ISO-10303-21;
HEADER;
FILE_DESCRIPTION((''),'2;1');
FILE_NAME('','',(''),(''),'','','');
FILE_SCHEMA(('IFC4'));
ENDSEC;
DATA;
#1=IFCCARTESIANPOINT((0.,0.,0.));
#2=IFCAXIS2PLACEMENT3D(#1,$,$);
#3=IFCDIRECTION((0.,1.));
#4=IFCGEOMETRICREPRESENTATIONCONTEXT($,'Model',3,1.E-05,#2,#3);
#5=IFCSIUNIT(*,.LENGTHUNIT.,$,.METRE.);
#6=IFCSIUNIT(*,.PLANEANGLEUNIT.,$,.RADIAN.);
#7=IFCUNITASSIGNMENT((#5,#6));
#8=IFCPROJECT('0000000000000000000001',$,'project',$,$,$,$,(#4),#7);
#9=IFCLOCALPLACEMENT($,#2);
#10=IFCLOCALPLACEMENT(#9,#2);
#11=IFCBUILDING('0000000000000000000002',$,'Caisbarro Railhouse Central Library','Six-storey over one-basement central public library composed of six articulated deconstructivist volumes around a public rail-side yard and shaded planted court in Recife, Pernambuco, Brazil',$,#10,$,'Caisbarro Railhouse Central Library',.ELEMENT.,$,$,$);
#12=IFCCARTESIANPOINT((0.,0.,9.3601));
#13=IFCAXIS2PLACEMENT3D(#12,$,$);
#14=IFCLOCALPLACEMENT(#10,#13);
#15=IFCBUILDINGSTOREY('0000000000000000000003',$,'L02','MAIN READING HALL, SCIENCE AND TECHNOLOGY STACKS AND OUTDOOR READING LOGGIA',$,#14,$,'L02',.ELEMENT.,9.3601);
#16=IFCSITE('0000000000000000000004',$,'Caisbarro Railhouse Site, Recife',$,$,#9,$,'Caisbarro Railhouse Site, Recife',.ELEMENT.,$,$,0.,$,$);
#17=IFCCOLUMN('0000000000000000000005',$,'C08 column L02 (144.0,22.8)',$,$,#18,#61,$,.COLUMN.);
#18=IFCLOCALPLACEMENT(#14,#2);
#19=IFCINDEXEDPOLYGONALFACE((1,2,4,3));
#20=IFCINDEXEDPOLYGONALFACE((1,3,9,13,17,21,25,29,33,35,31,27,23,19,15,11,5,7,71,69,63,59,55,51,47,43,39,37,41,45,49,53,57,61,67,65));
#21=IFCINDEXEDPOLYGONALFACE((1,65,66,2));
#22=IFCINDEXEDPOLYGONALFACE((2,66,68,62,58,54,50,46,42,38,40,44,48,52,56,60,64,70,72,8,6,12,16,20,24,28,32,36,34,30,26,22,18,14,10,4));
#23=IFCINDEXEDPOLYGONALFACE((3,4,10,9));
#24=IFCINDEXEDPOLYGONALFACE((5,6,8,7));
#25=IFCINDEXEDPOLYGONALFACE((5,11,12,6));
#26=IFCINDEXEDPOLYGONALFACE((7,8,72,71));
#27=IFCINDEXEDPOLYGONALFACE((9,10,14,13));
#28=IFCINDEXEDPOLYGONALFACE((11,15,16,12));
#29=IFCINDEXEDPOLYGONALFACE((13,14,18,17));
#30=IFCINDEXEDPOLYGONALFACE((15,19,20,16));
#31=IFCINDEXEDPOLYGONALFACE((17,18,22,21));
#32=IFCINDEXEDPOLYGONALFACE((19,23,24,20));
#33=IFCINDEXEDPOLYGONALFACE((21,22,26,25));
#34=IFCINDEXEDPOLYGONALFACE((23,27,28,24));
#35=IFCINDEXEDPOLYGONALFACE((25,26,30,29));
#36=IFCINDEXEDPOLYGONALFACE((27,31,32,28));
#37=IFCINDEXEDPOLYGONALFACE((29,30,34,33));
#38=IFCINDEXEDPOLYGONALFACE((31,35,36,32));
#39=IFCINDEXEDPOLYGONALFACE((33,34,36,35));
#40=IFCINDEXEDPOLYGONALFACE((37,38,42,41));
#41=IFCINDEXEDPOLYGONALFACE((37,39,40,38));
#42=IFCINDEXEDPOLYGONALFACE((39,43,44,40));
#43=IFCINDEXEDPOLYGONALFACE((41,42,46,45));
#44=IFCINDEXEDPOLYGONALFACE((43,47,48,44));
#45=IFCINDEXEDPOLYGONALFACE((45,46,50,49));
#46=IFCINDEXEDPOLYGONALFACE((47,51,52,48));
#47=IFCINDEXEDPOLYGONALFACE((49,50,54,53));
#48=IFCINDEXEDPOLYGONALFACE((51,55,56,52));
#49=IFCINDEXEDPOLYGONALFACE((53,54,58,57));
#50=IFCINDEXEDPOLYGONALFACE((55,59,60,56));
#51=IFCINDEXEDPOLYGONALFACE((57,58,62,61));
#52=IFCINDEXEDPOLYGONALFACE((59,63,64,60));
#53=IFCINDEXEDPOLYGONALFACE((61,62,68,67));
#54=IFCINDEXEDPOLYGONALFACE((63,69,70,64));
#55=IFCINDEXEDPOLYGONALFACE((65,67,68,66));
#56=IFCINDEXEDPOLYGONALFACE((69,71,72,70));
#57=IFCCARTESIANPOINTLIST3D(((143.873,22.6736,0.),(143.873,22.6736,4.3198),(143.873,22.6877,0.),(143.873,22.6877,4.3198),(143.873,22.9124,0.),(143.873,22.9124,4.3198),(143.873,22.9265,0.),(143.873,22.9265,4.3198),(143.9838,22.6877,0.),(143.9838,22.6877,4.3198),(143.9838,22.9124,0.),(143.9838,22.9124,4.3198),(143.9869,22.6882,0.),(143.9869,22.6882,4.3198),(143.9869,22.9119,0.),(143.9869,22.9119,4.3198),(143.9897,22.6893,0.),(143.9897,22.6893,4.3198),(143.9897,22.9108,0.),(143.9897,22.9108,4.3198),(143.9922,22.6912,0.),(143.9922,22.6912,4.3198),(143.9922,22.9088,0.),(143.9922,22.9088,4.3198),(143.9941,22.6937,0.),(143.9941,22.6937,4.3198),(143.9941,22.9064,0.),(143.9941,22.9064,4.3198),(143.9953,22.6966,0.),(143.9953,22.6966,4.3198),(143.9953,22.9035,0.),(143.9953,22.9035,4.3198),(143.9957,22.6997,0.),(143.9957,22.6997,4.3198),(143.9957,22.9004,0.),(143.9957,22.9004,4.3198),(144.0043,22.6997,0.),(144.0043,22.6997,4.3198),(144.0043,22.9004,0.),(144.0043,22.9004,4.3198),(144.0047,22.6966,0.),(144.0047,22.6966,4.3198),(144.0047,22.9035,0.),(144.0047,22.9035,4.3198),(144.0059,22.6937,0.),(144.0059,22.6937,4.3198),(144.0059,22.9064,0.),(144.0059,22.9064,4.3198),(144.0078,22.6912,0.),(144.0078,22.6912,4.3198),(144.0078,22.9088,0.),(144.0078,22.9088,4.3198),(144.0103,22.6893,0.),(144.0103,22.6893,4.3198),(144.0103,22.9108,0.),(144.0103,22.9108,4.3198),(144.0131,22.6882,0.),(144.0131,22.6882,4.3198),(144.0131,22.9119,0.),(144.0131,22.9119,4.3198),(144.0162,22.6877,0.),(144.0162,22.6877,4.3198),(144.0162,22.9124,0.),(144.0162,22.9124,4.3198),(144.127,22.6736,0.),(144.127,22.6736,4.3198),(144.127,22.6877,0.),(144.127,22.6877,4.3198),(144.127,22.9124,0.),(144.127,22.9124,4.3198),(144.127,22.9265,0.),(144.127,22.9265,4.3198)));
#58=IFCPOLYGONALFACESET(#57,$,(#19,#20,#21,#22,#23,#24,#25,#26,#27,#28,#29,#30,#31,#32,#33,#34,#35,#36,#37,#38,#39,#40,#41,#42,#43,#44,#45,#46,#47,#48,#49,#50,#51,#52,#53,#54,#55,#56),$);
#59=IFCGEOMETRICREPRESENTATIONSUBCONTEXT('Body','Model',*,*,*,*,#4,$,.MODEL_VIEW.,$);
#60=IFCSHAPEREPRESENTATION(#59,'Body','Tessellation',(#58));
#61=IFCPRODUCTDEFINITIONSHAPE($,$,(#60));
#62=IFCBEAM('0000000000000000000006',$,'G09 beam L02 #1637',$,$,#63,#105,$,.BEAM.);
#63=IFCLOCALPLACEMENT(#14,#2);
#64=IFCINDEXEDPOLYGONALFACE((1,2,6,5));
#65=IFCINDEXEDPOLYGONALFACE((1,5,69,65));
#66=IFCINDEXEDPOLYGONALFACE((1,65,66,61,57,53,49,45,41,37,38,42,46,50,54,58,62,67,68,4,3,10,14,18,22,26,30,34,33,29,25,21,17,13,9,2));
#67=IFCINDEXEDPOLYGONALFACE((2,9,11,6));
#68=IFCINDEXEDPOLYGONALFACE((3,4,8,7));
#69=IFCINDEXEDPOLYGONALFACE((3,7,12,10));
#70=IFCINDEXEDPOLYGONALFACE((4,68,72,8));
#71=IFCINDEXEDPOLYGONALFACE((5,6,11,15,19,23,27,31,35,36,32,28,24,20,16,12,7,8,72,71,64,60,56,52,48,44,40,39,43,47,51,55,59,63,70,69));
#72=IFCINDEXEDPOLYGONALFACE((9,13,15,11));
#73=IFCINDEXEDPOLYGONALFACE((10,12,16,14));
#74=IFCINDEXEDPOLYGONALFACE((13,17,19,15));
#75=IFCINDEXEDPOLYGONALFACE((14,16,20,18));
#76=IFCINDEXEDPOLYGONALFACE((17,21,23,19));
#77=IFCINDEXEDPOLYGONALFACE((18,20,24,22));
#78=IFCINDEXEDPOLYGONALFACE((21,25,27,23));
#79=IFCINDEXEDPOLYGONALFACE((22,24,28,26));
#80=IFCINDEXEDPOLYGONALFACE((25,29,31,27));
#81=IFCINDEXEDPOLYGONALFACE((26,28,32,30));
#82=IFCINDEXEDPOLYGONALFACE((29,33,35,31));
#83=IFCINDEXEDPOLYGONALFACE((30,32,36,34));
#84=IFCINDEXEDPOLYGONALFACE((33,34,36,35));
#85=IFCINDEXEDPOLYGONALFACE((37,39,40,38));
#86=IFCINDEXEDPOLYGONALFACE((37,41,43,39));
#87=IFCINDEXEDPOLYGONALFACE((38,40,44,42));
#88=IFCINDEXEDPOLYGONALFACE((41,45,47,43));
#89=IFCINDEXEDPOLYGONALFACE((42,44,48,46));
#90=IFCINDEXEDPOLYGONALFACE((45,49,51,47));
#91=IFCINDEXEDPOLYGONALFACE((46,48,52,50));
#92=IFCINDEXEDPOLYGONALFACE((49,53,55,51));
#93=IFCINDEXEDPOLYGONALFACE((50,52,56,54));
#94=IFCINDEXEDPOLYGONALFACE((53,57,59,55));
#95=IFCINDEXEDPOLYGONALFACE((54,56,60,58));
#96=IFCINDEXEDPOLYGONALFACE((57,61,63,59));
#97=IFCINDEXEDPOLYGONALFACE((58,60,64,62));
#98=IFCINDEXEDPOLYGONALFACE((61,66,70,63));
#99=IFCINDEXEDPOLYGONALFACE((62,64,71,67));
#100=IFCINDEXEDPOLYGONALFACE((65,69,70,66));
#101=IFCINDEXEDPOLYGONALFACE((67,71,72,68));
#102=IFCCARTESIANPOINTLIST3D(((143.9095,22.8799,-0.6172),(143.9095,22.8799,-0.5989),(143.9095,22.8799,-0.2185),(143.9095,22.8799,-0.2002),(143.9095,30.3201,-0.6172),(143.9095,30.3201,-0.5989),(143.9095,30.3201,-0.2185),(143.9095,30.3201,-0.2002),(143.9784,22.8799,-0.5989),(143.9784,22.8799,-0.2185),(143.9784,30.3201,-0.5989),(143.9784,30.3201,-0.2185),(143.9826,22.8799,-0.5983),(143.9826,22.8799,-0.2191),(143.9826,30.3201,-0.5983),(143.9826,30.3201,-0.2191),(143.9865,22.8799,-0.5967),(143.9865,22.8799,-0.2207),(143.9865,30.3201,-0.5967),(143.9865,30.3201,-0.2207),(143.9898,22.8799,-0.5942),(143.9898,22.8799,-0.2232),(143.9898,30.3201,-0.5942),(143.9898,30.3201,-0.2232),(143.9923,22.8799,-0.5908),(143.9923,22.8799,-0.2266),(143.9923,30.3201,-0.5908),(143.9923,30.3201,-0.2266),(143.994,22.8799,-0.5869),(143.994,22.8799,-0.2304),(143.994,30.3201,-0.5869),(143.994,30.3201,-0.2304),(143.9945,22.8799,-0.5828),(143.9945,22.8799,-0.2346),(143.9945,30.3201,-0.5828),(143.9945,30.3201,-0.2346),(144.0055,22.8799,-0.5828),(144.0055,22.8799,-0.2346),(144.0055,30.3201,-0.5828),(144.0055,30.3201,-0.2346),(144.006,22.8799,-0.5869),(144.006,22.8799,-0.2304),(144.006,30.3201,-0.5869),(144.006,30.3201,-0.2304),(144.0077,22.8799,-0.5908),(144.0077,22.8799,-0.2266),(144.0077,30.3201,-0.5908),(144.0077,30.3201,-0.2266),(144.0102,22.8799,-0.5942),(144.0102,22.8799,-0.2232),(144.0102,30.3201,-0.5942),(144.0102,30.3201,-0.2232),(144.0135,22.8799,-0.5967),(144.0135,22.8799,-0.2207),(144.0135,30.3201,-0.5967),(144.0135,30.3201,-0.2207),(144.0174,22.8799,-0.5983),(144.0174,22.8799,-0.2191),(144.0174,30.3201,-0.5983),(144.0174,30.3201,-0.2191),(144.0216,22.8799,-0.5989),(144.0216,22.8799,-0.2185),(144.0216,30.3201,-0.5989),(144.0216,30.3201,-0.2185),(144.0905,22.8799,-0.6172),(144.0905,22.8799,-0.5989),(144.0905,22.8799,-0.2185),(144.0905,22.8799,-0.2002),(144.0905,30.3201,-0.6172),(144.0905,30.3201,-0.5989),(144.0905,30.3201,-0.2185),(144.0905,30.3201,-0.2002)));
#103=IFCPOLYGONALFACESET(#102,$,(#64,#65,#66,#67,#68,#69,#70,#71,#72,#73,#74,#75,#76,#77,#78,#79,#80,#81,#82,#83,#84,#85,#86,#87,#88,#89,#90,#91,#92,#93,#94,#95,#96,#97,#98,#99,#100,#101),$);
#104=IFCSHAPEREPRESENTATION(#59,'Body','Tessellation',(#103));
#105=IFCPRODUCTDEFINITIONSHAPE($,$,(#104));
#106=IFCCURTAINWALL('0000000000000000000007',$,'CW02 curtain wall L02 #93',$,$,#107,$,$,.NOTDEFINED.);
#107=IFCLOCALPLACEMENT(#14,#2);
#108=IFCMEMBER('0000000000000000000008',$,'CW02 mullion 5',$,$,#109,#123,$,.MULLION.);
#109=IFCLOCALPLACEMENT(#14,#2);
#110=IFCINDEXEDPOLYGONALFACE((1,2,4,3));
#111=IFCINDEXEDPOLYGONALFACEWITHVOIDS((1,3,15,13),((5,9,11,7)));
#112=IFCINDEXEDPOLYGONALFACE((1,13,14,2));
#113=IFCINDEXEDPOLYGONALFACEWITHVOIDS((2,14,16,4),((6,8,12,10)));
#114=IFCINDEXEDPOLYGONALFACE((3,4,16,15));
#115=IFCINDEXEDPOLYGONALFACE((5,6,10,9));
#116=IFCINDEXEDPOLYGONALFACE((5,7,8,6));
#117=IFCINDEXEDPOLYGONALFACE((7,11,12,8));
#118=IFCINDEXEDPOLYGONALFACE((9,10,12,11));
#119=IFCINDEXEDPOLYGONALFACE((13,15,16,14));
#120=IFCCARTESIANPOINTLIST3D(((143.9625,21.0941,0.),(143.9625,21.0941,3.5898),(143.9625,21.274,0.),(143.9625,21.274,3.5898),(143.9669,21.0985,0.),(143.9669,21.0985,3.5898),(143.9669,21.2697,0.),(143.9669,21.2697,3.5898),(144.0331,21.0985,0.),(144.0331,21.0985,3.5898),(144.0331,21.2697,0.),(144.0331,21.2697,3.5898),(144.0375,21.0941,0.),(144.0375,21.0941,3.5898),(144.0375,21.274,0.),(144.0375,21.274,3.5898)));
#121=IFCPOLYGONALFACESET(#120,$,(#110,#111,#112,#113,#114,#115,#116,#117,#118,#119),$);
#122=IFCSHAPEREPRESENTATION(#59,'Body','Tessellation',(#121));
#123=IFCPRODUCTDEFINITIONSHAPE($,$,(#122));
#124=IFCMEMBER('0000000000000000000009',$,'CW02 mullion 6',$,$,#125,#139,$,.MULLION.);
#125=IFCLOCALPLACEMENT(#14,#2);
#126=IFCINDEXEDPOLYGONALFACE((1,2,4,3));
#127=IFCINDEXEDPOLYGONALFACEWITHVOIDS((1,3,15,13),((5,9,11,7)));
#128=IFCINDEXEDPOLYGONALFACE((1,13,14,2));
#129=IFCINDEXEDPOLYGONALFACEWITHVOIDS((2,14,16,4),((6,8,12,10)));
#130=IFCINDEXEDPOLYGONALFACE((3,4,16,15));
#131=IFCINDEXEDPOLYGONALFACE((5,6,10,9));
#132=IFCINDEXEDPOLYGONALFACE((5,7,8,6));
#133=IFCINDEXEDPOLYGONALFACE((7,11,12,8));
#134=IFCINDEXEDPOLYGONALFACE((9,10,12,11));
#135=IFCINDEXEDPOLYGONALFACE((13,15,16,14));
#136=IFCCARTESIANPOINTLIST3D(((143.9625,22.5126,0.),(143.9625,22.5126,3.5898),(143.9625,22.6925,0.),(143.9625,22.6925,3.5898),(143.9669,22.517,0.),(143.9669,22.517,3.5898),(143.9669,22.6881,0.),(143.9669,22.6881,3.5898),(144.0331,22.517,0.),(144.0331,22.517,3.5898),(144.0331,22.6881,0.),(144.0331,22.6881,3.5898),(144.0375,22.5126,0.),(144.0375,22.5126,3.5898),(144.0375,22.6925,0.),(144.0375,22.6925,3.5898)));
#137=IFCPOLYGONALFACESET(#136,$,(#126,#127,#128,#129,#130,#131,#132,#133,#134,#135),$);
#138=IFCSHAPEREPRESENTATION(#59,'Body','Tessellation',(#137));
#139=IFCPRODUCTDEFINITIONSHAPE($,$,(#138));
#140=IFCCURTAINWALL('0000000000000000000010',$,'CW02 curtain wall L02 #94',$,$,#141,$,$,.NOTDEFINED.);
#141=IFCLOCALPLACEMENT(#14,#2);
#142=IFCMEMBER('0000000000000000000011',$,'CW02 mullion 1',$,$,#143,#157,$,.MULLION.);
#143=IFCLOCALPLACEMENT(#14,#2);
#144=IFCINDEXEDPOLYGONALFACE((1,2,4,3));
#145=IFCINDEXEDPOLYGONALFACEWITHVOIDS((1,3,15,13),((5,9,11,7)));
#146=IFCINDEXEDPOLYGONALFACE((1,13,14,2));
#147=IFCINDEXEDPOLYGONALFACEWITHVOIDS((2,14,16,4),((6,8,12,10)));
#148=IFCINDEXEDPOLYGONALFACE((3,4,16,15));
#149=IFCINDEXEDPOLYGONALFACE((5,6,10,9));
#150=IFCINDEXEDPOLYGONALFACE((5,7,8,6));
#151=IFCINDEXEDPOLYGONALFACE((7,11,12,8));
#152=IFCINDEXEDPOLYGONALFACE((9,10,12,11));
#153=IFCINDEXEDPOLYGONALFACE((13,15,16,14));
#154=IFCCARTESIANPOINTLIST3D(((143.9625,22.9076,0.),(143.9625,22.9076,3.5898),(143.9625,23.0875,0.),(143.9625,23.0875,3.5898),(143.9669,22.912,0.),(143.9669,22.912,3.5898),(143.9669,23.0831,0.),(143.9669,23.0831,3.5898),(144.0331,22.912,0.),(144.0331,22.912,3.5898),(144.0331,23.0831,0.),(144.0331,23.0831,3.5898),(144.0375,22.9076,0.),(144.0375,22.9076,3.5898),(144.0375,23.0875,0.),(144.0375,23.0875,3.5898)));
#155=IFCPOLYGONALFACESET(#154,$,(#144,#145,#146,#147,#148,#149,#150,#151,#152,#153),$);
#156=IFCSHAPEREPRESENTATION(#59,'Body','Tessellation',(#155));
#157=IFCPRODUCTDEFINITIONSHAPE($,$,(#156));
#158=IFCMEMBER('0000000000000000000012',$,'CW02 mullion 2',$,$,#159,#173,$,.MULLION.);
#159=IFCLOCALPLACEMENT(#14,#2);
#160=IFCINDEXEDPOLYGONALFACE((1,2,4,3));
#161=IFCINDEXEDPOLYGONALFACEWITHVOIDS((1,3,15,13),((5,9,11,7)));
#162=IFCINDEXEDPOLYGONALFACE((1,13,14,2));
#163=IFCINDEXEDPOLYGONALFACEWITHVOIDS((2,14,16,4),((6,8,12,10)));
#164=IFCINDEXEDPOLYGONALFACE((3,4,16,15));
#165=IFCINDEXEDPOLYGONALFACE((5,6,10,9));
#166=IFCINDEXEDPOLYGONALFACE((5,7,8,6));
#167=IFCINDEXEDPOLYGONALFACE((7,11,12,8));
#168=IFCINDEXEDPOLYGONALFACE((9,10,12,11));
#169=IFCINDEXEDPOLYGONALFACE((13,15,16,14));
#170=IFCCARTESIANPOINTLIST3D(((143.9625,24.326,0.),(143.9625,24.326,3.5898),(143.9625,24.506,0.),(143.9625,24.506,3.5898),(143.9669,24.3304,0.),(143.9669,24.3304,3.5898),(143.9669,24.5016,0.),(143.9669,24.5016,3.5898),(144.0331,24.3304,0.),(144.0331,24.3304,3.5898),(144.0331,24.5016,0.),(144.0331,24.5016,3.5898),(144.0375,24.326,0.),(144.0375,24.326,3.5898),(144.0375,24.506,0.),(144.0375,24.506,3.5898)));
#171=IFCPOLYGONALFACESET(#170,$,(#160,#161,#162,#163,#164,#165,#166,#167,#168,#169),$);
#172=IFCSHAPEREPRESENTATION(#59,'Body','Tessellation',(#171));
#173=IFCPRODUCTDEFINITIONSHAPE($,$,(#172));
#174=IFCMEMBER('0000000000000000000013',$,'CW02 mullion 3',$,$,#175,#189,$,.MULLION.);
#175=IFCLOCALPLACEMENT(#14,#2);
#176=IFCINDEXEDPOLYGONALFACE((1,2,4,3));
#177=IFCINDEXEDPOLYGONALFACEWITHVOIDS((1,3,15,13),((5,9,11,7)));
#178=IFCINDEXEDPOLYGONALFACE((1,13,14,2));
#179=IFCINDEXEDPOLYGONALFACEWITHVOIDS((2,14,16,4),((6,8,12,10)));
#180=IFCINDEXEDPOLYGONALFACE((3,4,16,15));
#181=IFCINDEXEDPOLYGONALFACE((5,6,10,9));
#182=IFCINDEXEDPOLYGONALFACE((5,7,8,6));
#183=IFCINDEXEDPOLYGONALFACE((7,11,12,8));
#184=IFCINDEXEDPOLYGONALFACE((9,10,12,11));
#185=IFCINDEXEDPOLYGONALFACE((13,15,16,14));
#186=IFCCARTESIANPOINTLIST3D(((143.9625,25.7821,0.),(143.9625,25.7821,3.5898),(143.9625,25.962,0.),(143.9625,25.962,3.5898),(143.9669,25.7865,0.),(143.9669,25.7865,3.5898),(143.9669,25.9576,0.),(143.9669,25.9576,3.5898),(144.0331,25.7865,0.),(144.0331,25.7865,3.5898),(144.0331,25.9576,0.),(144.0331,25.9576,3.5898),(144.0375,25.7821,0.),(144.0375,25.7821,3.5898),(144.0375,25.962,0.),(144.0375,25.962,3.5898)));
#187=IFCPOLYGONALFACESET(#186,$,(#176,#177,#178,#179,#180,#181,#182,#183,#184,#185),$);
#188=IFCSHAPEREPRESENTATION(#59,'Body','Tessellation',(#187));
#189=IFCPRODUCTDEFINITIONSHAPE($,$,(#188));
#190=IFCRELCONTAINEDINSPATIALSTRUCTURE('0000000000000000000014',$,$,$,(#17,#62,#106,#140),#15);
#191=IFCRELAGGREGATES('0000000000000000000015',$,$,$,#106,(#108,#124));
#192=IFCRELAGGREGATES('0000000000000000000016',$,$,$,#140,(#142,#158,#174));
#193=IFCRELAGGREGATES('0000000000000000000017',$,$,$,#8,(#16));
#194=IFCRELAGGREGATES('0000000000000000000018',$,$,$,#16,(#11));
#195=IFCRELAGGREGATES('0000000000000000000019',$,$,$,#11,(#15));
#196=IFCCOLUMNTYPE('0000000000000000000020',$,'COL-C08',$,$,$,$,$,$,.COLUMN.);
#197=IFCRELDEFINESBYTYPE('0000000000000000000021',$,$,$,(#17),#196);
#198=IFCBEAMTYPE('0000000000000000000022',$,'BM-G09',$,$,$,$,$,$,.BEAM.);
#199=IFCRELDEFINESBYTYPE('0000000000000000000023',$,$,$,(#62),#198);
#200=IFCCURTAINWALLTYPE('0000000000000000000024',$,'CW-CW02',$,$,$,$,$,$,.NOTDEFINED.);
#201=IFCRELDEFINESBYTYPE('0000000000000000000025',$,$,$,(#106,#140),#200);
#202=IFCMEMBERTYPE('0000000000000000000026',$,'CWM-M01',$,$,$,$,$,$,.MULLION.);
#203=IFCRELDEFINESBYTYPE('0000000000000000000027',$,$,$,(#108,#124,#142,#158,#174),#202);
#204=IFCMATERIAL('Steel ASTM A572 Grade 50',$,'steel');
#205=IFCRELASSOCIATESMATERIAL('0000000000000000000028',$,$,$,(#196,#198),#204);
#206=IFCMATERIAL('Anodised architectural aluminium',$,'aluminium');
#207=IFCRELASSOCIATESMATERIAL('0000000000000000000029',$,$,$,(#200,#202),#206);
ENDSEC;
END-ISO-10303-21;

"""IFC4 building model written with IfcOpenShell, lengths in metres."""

from ifc_helpers import new_model, si_unit, direction, frame, origin, origin_2d, place, context, subcontext, project, spatial, hollow_rectangle, i_section, extrude, material, material_profile, profile_set, type_object, element, aggregate, save


model = new_model("IFC4")

# Units and contexts
model_context = context("Model", 3, precision=1e-05, world=origin(), true_north=direction((0.0, 1.0)))
body_context = subcontext(model_context, "Body", "Model", "MODEL_VIEW")
ifc_project = project(units=[si_unit("LENGTHUNIT", "METRE"), si_unit("PLANEANGLEUNIT", "RADIAN")], contexts=[model_context])

# Site, building, storey
site_placement = place(None, origin())
site = spatial("IfcSite", under=ifc_project, at=site_placement, Name="Caisbarro Railhouse Site, Recife", LongName="Caisbarro Railhouse Site, Recife", CompositionType="ELEMENT", RefElevation=0.0)
building_placement = place(site_placement, origin())
building = spatial("IfcBuilding", under=site, at=building_placement, Name="Caisbarro Railhouse Central Library", Description="Six-storey over one-basement central public library composed of six articulated deconstructivist volumes around a public rail-side yard and shaded planted court in Recife, Pernambuco, Brazil", LongName="Caisbarro Railhouse Central Library", CompositionType="ELEMENT")
storey_placement = place(building_placement, frame((0.0, 0.0, 9.3601)))
storey = spatial("IfcBuildingStorey", under=building, at=storey_placement, Name="L02", Description="MAIN READING HALL, SCIENCE AND TECHNOLOGY STACKS AND OUTDOOR READING LOGGIA", LongName="L02", CompositionType="ELEMENT", Elevation=9.3601)

# Column
ifc_material_1 = material(Name="Steel ASTM A572 Grade 50", Category="steel")
ifc_material_profile_1 = material_profile(ifc_material_1, i_section(OverallWidth=0.2539, OverallDepth=0.2529, WebThickness=0.0085, FlangeThickness=0.0142, FilletRadius=0.012, at=origin_2d()), Name="W250X73.0")
ifc_profile_set_1 = profile_set([ifc_material_profile_1], Name="Steel ASTM A572 Grade 50")
column_type = type_object("IfcColumnType", Name="COL-C08", PredefinedType="COLUMN", material=ifc_profile_set_1)
column_placement = place(storey_placement, frame((144.0, 22.8, 0.0), z_axis=(0.0, 0.0, 1.0), x_axis=(1.0, 0.0, 0.0)))
element("IfcColumn", 1, at=column_placement, inside=storey, type_object=column_type, Name="C08 column L02 (144.0,22.8)", PredefinedType="COLUMN", context=body_context, shape_type="SweptSolid", body=[
    extrude(i_section(OverallWidth=0.2539, OverallDepth=0.2529, WebThickness=0.0085, FlangeThickness=0.0142, FilletRadius=0.012, at=origin_2d()), origin(), (0.0, 0.0, 1.0), 4.3198),
])

# Beam
ifc_material_profile_2 = material_profile(ifc_material_1, i_section(OverallWidth=0.1809, OverallDepth=0.417, WebThickness=0.011, FlangeThickness=0.0183, FilletRadius=0.0161, at=origin_2d()), Name="W410X85.0")
ifc_profile_set_2 = profile_set([ifc_material_profile_2], Name="Steel ASTM A572 Grade 50")
beam_type = type_object("IfcBeamType", Name="BM-G09", PredefinedType="BEAM", material=ifc_profile_set_2)
beam_placement = place(storey_placement, frame((144.0, 22.8799, -0.4087), z_axis=(0.0, 1.0, 0.0), x_axis=(-1.0, 0.0, 0.0)))
element("IfcBeam", 2, at=beam_placement, inside=storey, type_object=beam_type, Name="G09 beam L02 #1637", PredefinedType="BEAM", context=body_context, shape_type="SweptSolid", body=[
    extrude(i_section(OverallWidth=0.1809, OverallDepth=0.417, WebThickness=0.011, FlangeThickness=0.0183, FilletRadius=0.0161, at=origin_2d()), origin(), (0.0, 0.0, 1.0), 7.4402),
])

# Curtain walls, members
ifc_material_2 = material(Name="Anodised architectural aluminium", Category="aluminium")
curtain_wall_type = type_object("IfcCurtainWallType", Name="CW-CW02", PredefinedType="NOTDEFINED", material=ifc_material_2)
curtain_wall_1_placement = place(storey_placement, origin())
curtain_wall_1 = element("IfcCurtainWall", 3, at=curtain_wall_1_placement, inside=storey, type_object=curtain_wall_type, Name="CW02 curtain wall L02 #93", PredefinedType="NOTDEFINED")
ifc_material_profile_3 = material_profile(ifc_material_2, hollow_rectangle(XDim=0.075, YDim=0.1799, WallThickness=0.0044, at=origin_2d()), Name="ALU-MUL-75X180")
ifc_profile_set_3 = profile_set([ifc_material_profile_3], Name="Anodised architectural aluminium")
member_type_1 = type_object("IfcMemberType", Name="CWM-M01", PredefinedType="MULLION", material=ifc_profile_set_3)
member_1_placement = place(storey_placement, frame((144.0, 21.1841, 0.0), z_axis=(0.0, 0.0, 1.0), x_axis=(-1.0, 0.0, 0.0)))
member_1 = element("IfcMember", 4, at=member_1_placement, type_object=member_type_1, Name="CW02 mullion 5", PredefinedType="MULLION", context=body_context, shape_type="SweptSolid", body=[
    extrude(hollow_rectangle(XDim=0.075, YDim=0.1799, WallThickness=0.0044, at=origin_2d()), origin(), (0.0, 0.0, 1.0), 3.5898),
])
member_2_placement = place(storey_placement, frame((144.0, 22.6025, 0.0), z_axis=(0.0, 0.0, 1.0), x_axis=(-1.0, 0.0, 0.0)))
member_2 = element("IfcMember", 5, at=member_2_placement, type_object=member_type_1, Name="CW02 mullion 6", PredefinedType="MULLION", context=body_context, shape_type="SweptSolid", body=[
    extrude(hollow_rectangle(XDim=0.075, YDim=0.1799, WallThickness=0.0044, at=origin_2d()), origin(), (0.0, 0.0, 1.0), 3.5898),
])
curtain_wall_2_placement = place(storey_placement, origin())
curtain_wall_2 = element("IfcCurtainWall", 6, at=curtain_wall_2_placement, inside=storey, type_object=curtain_wall_type, Name="CW02 curtain wall L02 #94", PredefinedType="NOTDEFINED")
member_3_placement = place(storey_placement, frame((144.0, 22.9976, 0.0), z_axis=(0.0, 0.0, 1.0), x_axis=(-1.0, 0.0, 0.0)))
member_3 = element("IfcMember", 7, at=member_3_placement, type_object=member_type_1, Name="CW02 mullion 1", PredefinedType="MULLION", context=body_context, shape_type="SweptSolid", body=[
    extrude(hollow_rectangle(XDim=0.075, YDim=0.1799, WallThickness=0.0044, at=origin_2d()), origin(), (0.0, 0.0, 1.0), 3.5898),
])
member_4_placement = place(storey_placement, frame((144.0, 24.416, 0.0), z_axis=(0.0, 0.0, 1.0), x_axis=(-1.0, 0.0, 0.0)))
member_4 = element("IfcMember", 8, at=member_4_placement, type_object=member_type_1, Name="CW02 mullion 2", PredefinedType="MULLION", context=body_context, shape_type="SweptSolid", body=[
    extrude(hollow_rectangle(XDim=0.075, YDim=0.1799, WallThickness=0.0044, at=origin_2d()), origin(), (0.0, 0.0, 1.0), 3.5898),
])
member_5_placement = place(storey_placement, frame((144.0, 25.8721, 0.0), z_axis=(0.0, 0.0, 1.0), x_axis=(-1.0, 0.0, 0.0)))
member_5 = element("IfcMember", 9, at=member_5_placement, type_object=member_type_1, Name="CW02 mullion 3", PredefinedType="MULLION", context=body_context, shape_type="SweptSolid", body=[
    extrude(hollow_rectangle(XDim=0.075, YDim=0.1799, WallThickness=0.0044, at=origin_2d()), origin(), (0.0, 0.0, 1.0), 3.5898),
])

aggregate(curtain_wall_1, [member_1, member_2])
aggregate(curtain_wall_2, [member_3, member_4, member_5])

save(model, "model.ifc")
